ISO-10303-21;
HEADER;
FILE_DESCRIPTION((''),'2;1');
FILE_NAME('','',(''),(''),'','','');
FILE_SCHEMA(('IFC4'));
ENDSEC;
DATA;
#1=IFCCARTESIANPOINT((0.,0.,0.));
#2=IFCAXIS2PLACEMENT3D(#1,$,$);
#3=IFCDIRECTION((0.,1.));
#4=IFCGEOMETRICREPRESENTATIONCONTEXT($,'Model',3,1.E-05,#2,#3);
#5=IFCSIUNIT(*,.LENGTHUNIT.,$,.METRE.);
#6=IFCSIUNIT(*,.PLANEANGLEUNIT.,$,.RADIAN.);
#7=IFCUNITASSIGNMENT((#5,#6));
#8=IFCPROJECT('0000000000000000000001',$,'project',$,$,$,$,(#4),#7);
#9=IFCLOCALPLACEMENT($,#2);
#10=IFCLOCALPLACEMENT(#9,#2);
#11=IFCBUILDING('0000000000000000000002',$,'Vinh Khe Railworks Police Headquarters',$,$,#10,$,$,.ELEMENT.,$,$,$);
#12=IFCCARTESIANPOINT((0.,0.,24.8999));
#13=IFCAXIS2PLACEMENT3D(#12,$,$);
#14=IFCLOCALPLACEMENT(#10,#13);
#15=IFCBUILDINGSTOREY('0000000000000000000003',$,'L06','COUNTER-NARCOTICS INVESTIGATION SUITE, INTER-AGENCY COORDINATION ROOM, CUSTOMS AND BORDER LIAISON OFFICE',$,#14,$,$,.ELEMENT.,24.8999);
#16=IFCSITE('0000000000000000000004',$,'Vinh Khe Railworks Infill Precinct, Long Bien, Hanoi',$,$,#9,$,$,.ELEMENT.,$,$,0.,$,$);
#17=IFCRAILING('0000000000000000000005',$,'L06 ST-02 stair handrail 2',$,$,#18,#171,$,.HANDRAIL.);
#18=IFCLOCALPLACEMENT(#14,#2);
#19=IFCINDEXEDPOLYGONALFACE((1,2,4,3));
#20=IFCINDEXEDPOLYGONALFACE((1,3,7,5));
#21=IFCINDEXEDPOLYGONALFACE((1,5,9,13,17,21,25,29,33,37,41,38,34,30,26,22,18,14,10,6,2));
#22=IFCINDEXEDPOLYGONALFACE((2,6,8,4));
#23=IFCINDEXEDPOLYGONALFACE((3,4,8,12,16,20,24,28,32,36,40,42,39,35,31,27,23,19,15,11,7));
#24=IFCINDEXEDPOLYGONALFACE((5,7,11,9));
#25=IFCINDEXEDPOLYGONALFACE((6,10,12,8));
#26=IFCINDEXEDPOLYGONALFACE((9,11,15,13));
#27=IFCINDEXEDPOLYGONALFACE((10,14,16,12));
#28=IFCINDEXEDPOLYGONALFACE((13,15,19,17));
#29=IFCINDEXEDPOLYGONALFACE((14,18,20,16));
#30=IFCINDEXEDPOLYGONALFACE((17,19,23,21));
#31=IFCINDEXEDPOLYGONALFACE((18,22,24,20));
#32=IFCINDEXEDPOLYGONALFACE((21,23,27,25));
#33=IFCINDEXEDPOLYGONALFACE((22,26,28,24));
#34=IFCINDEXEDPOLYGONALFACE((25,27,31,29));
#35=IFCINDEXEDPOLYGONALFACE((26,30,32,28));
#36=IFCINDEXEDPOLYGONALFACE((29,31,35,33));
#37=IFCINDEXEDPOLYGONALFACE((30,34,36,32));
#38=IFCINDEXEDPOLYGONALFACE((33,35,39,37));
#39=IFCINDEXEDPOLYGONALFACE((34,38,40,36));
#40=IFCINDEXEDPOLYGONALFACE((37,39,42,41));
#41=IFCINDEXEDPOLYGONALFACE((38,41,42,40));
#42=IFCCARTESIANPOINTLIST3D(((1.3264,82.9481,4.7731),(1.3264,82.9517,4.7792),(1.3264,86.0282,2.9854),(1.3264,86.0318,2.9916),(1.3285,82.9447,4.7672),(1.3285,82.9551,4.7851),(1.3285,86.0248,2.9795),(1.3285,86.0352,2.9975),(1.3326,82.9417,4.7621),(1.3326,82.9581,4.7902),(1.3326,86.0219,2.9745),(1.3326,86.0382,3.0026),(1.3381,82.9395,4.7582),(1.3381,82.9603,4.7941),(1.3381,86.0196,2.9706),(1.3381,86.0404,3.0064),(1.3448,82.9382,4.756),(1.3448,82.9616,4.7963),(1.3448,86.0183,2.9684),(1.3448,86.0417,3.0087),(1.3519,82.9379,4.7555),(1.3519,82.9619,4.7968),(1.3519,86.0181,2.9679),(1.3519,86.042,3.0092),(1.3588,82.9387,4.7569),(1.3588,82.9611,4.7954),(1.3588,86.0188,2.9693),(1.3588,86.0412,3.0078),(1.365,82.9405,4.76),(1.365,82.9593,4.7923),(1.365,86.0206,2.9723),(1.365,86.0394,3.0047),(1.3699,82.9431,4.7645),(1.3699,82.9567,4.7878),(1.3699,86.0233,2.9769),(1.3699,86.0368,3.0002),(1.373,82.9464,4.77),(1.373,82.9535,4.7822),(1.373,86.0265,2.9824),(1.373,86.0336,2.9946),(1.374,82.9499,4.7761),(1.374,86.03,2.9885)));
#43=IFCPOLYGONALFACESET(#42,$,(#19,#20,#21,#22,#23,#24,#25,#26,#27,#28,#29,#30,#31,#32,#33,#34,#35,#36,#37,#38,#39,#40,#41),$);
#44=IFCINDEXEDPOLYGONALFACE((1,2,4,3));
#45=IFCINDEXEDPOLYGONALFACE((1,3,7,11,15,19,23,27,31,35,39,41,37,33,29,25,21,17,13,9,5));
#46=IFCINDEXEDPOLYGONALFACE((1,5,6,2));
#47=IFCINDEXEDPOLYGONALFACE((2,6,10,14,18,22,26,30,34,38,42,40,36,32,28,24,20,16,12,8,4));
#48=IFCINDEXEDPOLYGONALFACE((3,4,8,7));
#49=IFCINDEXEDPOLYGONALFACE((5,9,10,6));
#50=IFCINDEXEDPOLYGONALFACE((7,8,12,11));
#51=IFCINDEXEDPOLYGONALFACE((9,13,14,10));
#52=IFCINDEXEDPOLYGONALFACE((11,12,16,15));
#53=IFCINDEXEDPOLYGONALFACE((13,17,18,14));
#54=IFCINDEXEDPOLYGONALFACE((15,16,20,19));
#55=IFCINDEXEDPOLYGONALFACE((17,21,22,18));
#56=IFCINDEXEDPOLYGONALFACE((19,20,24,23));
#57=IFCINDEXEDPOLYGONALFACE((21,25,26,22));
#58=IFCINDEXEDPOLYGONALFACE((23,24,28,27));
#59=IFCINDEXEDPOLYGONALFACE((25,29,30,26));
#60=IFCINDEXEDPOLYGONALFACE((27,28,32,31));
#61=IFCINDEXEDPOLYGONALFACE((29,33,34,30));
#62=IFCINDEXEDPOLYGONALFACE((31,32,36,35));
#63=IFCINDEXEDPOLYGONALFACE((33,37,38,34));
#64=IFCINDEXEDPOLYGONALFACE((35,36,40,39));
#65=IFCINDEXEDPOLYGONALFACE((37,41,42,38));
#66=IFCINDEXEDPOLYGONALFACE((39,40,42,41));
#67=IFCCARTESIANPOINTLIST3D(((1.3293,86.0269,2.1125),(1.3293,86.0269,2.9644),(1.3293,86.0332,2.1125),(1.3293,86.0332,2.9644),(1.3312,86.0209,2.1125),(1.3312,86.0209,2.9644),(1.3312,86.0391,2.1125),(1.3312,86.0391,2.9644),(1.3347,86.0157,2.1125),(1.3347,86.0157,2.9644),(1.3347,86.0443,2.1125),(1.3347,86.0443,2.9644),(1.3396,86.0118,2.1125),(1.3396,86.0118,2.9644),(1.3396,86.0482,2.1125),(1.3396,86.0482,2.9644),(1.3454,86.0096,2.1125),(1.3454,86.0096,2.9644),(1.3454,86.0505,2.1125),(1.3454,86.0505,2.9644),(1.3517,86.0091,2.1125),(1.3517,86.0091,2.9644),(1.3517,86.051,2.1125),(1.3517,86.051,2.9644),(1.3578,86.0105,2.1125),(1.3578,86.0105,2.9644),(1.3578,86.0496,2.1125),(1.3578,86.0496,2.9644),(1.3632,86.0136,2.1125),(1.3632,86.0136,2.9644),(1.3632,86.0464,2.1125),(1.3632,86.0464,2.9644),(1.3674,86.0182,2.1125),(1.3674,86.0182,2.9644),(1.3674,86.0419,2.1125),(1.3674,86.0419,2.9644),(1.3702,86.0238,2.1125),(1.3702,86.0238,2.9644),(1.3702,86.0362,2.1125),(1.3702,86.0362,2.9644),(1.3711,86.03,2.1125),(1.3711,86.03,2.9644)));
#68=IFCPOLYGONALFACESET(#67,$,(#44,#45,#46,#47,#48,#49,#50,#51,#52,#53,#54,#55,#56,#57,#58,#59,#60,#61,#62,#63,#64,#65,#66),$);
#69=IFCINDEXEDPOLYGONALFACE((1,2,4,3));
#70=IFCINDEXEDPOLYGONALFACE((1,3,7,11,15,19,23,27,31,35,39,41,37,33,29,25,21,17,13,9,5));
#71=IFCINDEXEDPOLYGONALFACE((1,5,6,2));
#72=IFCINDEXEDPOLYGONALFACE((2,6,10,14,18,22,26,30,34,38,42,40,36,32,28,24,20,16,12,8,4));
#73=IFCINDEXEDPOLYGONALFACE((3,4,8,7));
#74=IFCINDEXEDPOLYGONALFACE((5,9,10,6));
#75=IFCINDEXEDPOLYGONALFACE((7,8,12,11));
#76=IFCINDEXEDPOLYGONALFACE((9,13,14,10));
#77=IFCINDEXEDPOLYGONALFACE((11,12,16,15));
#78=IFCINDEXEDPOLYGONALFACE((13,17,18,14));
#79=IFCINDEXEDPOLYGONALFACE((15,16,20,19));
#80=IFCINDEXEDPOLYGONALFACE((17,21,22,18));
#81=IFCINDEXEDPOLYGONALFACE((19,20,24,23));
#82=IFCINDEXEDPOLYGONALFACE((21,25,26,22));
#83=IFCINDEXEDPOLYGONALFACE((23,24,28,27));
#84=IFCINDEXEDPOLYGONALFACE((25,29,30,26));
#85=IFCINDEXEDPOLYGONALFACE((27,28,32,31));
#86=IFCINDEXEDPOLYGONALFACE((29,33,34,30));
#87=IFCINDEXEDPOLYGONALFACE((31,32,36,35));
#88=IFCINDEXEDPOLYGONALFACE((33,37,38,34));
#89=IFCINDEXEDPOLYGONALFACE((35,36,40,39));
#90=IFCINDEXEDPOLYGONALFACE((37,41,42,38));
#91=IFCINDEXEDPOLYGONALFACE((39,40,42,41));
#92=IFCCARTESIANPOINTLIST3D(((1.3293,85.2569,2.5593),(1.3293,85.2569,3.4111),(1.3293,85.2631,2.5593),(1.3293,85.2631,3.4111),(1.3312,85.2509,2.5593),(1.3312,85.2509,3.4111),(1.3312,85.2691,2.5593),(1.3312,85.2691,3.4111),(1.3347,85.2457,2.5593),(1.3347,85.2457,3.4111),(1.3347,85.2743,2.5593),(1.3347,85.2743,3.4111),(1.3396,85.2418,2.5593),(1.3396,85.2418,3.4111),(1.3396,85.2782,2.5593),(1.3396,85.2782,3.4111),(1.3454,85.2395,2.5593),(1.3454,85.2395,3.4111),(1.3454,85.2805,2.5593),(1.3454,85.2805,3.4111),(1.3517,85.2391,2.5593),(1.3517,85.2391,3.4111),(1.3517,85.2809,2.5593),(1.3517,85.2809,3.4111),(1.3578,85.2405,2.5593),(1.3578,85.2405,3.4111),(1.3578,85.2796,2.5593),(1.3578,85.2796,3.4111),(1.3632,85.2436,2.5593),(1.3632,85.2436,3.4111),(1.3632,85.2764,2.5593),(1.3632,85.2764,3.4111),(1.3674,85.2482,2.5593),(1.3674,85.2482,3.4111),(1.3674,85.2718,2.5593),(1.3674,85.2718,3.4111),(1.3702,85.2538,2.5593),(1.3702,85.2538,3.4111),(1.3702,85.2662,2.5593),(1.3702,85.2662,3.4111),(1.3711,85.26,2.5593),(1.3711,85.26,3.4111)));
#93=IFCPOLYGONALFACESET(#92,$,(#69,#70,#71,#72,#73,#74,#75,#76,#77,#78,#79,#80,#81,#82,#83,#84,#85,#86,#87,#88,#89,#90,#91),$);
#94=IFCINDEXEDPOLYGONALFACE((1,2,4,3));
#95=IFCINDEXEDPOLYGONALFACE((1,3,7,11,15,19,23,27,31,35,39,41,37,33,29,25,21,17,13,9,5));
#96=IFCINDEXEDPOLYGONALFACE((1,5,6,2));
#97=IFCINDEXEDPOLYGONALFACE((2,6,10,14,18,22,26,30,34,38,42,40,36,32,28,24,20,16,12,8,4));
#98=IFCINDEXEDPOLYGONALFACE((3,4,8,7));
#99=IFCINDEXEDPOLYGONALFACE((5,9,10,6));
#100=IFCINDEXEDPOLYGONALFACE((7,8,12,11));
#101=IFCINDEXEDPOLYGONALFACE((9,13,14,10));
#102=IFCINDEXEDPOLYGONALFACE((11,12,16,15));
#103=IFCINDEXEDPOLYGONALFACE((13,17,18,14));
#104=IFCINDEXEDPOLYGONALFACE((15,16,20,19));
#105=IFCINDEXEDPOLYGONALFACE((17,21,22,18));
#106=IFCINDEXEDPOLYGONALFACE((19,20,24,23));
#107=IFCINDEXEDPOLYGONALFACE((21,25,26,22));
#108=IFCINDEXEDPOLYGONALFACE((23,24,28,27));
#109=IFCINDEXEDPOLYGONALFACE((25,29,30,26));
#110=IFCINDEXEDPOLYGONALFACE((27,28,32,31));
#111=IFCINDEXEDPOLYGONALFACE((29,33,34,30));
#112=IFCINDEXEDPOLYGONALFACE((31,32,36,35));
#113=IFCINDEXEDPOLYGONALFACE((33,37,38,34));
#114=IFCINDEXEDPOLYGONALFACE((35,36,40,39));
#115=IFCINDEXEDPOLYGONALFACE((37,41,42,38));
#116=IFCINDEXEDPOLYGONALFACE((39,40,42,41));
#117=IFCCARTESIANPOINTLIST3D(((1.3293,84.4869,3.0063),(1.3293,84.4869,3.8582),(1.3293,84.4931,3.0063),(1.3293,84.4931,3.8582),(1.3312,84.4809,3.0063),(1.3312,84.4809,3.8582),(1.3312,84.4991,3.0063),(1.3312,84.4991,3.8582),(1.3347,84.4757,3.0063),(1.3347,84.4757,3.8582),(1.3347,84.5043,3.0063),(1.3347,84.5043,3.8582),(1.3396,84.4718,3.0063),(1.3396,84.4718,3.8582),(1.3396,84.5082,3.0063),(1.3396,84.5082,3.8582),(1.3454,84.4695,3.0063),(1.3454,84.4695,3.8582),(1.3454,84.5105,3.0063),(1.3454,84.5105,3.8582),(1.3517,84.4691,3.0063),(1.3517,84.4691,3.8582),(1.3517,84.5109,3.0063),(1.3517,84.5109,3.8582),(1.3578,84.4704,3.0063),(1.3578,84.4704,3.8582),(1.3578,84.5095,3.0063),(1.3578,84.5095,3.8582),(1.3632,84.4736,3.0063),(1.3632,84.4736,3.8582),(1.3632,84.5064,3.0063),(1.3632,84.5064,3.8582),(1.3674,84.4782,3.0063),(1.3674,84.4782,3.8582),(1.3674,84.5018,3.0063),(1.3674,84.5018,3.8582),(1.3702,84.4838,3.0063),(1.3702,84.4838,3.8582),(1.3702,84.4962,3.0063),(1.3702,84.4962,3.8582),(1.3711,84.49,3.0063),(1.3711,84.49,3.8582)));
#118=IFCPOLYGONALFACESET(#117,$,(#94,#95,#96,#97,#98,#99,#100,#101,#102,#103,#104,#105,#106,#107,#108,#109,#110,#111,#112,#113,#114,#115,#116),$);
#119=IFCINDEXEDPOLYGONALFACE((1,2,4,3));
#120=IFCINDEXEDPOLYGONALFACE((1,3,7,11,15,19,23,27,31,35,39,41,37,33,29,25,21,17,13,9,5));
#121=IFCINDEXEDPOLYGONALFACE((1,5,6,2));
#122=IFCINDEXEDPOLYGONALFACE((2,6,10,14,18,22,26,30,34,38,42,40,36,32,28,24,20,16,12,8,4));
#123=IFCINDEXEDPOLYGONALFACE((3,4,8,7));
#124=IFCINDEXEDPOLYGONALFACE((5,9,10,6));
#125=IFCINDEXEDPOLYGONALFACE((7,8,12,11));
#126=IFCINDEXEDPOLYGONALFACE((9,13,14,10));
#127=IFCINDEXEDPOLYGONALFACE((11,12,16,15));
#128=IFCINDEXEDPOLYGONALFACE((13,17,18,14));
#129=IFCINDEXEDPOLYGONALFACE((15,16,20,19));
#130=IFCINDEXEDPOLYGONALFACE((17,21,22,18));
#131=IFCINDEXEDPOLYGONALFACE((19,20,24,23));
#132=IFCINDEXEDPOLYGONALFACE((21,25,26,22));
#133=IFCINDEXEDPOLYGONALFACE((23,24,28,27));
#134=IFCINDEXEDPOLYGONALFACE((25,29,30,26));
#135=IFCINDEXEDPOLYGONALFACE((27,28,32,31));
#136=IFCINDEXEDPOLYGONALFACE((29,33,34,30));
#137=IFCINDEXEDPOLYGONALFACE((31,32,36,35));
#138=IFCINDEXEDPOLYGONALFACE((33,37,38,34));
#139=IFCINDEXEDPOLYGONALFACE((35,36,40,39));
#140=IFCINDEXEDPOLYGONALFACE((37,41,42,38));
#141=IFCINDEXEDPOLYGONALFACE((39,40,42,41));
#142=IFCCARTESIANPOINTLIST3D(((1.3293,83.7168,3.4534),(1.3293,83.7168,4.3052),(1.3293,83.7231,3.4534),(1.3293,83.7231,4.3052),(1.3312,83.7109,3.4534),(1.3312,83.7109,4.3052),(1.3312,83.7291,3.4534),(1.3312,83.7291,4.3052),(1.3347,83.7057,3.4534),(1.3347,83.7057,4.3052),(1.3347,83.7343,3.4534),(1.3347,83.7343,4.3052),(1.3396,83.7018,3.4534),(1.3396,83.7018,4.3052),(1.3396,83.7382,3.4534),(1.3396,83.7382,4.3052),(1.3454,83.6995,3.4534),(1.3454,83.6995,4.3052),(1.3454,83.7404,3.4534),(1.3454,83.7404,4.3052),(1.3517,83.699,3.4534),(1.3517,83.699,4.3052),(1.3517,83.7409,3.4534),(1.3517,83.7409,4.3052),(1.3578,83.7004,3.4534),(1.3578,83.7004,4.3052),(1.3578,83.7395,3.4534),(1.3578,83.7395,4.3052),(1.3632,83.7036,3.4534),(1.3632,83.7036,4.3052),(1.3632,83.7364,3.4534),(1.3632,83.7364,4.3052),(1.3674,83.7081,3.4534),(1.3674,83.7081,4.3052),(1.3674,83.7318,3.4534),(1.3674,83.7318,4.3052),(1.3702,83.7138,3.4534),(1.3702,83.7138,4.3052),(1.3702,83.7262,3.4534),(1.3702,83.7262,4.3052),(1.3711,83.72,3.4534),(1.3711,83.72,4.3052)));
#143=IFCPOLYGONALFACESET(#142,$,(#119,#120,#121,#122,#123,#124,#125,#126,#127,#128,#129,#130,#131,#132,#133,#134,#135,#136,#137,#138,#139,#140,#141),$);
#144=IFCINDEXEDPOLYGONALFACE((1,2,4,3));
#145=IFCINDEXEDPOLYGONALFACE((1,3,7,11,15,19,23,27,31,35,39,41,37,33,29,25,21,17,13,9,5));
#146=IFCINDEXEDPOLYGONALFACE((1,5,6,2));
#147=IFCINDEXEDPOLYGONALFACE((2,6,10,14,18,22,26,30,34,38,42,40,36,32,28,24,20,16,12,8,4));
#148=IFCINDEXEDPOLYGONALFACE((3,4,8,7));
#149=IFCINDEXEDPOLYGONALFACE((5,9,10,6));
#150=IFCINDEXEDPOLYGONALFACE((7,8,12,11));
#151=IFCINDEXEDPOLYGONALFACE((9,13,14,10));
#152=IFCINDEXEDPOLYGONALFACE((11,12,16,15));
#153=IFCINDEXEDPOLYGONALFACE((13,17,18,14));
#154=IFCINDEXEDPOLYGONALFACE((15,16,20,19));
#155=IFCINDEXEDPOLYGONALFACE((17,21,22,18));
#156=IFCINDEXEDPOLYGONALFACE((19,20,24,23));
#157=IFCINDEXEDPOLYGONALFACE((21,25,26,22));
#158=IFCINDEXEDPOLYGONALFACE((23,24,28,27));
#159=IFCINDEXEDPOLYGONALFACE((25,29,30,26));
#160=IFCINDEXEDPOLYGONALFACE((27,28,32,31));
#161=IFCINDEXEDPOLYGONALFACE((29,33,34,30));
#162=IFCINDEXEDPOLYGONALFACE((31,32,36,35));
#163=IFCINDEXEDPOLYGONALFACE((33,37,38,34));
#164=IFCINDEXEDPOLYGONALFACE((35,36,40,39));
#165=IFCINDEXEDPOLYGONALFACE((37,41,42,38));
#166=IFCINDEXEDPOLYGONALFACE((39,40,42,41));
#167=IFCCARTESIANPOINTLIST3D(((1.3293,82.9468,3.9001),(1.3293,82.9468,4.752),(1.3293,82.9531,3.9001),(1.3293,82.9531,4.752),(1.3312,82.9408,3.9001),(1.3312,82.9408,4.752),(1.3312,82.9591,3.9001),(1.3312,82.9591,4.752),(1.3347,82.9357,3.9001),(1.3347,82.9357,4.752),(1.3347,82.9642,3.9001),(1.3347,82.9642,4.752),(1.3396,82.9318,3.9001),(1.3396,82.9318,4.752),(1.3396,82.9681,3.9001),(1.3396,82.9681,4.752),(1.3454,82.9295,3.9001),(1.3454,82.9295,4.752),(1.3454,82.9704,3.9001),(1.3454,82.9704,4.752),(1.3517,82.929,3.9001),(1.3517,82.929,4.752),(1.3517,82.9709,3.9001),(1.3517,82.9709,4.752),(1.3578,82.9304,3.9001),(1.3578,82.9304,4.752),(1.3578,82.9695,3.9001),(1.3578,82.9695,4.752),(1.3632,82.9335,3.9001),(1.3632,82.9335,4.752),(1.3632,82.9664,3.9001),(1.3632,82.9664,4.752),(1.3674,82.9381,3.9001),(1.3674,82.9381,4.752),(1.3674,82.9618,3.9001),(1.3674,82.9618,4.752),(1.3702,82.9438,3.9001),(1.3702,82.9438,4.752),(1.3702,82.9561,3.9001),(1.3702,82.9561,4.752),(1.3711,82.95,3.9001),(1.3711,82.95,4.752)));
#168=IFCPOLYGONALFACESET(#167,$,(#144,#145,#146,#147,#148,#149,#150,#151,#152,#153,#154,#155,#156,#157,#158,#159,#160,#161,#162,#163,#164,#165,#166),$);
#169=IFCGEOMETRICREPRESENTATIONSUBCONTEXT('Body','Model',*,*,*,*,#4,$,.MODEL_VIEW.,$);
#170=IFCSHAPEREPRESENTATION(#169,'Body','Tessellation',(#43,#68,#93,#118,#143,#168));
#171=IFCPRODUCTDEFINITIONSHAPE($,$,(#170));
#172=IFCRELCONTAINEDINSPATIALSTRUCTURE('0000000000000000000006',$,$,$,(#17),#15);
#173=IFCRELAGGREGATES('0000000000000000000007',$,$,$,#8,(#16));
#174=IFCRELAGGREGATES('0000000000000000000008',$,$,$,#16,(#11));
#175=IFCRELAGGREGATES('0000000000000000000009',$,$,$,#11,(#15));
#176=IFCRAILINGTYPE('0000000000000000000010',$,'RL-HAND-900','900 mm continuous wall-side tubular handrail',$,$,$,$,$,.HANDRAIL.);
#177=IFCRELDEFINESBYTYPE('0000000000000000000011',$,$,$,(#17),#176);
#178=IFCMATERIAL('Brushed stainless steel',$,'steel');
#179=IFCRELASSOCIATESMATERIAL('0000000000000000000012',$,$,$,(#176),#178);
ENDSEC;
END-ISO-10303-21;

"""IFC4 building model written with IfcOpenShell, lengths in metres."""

from ifc_helpers import new_model, si_unit, direction, frame, origin, origin_2d, place, context, subcontext, project, spatial, circle, extrude, material, type_object, element, save


model = new_model("IFC4")

# Units and contexts
model_context = context("Model", 3, precision=1e-05, world=origin(), true_north=direction((0.0, 1.0)))
body_context = subcontext(model_context, "Body", "Model", "MODEL_VIEW")
ifc_project = project(units=[si_unit("LENGTHUNIT", "METRE"), si_unit("PLANEANGLEUNIT", "RADIAN")], contexts=[model_context])

# Site, building, storey
site_placement = place(None, origin())
site = spatial("IfcSite", under=ifc_project, at=site_placement, Name="Vinh Khe Railworks Infill Precinct, Long Bien, Hanoi", CompositionType="ELEMENT", RefElevation=0.0)
building_placement = place(site_placement, origin())
building = spatial("IfcBuilding", under=site, at=building_placement, Name="Vinh Khe Railworks Police Headquarters", CompositionType="ELEMENT")
storey_placement = place(building_placement, frame((0.0, 0.0, 24.8999)))
storey = spatial("IfcBuildingStorey", under=building, at=storey_placement, Name="L06", Description="COUNTER-NARCOTICS INVESTIGATION SUITE, INTER-AGENCY COORDINATION ROOM, CUSTOMS AND BORDER LIAISON OFFICE", CompositionType="ELEMENT", Elevation=24.8999)

# Railing
ifc_material_1 = material(Name="Brushed stainless steel", Category="steel")
railing_type_1 = type_object("IfcRailingType", Name="RL-HAND-900", Description="900 mm continuous wall-side tubular handrail", PredefinedType="HANDRAIL", material=ifc_material_1)
railing_1_placement = place(storey_placement, frame((1.3501, 86.03, 2.1125)))
element("IfcRailing", 1, at=railing_1_placement, inside=storey, type_object=railing_type_1, Name="L06 ST-02 stair handrail 2", PredefinedType="HANDRAIL", context=body_context, shape_type="SweptSolid", body=[
    extrude(circle(Radius=0.0239, at=origin_2d()), frame((0.0, 0.0, 0.876), z_axis=(0.0, -0.864891, 0.50196), x_axis=(1.0, 0.0, 0.0)), (0.0, 0.0, 1.0), 3.5613),
    extrude(circle(Radius=0.021, at=origin_2d()), origin(), (0.0, 0.0, 1.0), 0.8518),
    extrude(circle(Radius=0.021, at=origin_2d()), frame((0.0, -0.77, 0.4468)), (0.0, 0.0, 1.0), 0.8518),
    extrude(circle(Radius=0.021, at=origin_2d()), frame((0.0, -1.54, 0.8938)), (0.0, 0.0, 1.0), 0.8518),
    extrude(circle(Radius=0.021, at=origin_2d()), frame((0.0, -2.3101, 1.3408)), (0.0, 0.0, 1.0), 0.8518),
    extrude(circle(Radius=0.021, at=origin_2d()), frame((0.0, -3.0801, 1.7876)), (0.0, 0.0, 1.0), 0.8518),
])

save(model, "model.ifc")
